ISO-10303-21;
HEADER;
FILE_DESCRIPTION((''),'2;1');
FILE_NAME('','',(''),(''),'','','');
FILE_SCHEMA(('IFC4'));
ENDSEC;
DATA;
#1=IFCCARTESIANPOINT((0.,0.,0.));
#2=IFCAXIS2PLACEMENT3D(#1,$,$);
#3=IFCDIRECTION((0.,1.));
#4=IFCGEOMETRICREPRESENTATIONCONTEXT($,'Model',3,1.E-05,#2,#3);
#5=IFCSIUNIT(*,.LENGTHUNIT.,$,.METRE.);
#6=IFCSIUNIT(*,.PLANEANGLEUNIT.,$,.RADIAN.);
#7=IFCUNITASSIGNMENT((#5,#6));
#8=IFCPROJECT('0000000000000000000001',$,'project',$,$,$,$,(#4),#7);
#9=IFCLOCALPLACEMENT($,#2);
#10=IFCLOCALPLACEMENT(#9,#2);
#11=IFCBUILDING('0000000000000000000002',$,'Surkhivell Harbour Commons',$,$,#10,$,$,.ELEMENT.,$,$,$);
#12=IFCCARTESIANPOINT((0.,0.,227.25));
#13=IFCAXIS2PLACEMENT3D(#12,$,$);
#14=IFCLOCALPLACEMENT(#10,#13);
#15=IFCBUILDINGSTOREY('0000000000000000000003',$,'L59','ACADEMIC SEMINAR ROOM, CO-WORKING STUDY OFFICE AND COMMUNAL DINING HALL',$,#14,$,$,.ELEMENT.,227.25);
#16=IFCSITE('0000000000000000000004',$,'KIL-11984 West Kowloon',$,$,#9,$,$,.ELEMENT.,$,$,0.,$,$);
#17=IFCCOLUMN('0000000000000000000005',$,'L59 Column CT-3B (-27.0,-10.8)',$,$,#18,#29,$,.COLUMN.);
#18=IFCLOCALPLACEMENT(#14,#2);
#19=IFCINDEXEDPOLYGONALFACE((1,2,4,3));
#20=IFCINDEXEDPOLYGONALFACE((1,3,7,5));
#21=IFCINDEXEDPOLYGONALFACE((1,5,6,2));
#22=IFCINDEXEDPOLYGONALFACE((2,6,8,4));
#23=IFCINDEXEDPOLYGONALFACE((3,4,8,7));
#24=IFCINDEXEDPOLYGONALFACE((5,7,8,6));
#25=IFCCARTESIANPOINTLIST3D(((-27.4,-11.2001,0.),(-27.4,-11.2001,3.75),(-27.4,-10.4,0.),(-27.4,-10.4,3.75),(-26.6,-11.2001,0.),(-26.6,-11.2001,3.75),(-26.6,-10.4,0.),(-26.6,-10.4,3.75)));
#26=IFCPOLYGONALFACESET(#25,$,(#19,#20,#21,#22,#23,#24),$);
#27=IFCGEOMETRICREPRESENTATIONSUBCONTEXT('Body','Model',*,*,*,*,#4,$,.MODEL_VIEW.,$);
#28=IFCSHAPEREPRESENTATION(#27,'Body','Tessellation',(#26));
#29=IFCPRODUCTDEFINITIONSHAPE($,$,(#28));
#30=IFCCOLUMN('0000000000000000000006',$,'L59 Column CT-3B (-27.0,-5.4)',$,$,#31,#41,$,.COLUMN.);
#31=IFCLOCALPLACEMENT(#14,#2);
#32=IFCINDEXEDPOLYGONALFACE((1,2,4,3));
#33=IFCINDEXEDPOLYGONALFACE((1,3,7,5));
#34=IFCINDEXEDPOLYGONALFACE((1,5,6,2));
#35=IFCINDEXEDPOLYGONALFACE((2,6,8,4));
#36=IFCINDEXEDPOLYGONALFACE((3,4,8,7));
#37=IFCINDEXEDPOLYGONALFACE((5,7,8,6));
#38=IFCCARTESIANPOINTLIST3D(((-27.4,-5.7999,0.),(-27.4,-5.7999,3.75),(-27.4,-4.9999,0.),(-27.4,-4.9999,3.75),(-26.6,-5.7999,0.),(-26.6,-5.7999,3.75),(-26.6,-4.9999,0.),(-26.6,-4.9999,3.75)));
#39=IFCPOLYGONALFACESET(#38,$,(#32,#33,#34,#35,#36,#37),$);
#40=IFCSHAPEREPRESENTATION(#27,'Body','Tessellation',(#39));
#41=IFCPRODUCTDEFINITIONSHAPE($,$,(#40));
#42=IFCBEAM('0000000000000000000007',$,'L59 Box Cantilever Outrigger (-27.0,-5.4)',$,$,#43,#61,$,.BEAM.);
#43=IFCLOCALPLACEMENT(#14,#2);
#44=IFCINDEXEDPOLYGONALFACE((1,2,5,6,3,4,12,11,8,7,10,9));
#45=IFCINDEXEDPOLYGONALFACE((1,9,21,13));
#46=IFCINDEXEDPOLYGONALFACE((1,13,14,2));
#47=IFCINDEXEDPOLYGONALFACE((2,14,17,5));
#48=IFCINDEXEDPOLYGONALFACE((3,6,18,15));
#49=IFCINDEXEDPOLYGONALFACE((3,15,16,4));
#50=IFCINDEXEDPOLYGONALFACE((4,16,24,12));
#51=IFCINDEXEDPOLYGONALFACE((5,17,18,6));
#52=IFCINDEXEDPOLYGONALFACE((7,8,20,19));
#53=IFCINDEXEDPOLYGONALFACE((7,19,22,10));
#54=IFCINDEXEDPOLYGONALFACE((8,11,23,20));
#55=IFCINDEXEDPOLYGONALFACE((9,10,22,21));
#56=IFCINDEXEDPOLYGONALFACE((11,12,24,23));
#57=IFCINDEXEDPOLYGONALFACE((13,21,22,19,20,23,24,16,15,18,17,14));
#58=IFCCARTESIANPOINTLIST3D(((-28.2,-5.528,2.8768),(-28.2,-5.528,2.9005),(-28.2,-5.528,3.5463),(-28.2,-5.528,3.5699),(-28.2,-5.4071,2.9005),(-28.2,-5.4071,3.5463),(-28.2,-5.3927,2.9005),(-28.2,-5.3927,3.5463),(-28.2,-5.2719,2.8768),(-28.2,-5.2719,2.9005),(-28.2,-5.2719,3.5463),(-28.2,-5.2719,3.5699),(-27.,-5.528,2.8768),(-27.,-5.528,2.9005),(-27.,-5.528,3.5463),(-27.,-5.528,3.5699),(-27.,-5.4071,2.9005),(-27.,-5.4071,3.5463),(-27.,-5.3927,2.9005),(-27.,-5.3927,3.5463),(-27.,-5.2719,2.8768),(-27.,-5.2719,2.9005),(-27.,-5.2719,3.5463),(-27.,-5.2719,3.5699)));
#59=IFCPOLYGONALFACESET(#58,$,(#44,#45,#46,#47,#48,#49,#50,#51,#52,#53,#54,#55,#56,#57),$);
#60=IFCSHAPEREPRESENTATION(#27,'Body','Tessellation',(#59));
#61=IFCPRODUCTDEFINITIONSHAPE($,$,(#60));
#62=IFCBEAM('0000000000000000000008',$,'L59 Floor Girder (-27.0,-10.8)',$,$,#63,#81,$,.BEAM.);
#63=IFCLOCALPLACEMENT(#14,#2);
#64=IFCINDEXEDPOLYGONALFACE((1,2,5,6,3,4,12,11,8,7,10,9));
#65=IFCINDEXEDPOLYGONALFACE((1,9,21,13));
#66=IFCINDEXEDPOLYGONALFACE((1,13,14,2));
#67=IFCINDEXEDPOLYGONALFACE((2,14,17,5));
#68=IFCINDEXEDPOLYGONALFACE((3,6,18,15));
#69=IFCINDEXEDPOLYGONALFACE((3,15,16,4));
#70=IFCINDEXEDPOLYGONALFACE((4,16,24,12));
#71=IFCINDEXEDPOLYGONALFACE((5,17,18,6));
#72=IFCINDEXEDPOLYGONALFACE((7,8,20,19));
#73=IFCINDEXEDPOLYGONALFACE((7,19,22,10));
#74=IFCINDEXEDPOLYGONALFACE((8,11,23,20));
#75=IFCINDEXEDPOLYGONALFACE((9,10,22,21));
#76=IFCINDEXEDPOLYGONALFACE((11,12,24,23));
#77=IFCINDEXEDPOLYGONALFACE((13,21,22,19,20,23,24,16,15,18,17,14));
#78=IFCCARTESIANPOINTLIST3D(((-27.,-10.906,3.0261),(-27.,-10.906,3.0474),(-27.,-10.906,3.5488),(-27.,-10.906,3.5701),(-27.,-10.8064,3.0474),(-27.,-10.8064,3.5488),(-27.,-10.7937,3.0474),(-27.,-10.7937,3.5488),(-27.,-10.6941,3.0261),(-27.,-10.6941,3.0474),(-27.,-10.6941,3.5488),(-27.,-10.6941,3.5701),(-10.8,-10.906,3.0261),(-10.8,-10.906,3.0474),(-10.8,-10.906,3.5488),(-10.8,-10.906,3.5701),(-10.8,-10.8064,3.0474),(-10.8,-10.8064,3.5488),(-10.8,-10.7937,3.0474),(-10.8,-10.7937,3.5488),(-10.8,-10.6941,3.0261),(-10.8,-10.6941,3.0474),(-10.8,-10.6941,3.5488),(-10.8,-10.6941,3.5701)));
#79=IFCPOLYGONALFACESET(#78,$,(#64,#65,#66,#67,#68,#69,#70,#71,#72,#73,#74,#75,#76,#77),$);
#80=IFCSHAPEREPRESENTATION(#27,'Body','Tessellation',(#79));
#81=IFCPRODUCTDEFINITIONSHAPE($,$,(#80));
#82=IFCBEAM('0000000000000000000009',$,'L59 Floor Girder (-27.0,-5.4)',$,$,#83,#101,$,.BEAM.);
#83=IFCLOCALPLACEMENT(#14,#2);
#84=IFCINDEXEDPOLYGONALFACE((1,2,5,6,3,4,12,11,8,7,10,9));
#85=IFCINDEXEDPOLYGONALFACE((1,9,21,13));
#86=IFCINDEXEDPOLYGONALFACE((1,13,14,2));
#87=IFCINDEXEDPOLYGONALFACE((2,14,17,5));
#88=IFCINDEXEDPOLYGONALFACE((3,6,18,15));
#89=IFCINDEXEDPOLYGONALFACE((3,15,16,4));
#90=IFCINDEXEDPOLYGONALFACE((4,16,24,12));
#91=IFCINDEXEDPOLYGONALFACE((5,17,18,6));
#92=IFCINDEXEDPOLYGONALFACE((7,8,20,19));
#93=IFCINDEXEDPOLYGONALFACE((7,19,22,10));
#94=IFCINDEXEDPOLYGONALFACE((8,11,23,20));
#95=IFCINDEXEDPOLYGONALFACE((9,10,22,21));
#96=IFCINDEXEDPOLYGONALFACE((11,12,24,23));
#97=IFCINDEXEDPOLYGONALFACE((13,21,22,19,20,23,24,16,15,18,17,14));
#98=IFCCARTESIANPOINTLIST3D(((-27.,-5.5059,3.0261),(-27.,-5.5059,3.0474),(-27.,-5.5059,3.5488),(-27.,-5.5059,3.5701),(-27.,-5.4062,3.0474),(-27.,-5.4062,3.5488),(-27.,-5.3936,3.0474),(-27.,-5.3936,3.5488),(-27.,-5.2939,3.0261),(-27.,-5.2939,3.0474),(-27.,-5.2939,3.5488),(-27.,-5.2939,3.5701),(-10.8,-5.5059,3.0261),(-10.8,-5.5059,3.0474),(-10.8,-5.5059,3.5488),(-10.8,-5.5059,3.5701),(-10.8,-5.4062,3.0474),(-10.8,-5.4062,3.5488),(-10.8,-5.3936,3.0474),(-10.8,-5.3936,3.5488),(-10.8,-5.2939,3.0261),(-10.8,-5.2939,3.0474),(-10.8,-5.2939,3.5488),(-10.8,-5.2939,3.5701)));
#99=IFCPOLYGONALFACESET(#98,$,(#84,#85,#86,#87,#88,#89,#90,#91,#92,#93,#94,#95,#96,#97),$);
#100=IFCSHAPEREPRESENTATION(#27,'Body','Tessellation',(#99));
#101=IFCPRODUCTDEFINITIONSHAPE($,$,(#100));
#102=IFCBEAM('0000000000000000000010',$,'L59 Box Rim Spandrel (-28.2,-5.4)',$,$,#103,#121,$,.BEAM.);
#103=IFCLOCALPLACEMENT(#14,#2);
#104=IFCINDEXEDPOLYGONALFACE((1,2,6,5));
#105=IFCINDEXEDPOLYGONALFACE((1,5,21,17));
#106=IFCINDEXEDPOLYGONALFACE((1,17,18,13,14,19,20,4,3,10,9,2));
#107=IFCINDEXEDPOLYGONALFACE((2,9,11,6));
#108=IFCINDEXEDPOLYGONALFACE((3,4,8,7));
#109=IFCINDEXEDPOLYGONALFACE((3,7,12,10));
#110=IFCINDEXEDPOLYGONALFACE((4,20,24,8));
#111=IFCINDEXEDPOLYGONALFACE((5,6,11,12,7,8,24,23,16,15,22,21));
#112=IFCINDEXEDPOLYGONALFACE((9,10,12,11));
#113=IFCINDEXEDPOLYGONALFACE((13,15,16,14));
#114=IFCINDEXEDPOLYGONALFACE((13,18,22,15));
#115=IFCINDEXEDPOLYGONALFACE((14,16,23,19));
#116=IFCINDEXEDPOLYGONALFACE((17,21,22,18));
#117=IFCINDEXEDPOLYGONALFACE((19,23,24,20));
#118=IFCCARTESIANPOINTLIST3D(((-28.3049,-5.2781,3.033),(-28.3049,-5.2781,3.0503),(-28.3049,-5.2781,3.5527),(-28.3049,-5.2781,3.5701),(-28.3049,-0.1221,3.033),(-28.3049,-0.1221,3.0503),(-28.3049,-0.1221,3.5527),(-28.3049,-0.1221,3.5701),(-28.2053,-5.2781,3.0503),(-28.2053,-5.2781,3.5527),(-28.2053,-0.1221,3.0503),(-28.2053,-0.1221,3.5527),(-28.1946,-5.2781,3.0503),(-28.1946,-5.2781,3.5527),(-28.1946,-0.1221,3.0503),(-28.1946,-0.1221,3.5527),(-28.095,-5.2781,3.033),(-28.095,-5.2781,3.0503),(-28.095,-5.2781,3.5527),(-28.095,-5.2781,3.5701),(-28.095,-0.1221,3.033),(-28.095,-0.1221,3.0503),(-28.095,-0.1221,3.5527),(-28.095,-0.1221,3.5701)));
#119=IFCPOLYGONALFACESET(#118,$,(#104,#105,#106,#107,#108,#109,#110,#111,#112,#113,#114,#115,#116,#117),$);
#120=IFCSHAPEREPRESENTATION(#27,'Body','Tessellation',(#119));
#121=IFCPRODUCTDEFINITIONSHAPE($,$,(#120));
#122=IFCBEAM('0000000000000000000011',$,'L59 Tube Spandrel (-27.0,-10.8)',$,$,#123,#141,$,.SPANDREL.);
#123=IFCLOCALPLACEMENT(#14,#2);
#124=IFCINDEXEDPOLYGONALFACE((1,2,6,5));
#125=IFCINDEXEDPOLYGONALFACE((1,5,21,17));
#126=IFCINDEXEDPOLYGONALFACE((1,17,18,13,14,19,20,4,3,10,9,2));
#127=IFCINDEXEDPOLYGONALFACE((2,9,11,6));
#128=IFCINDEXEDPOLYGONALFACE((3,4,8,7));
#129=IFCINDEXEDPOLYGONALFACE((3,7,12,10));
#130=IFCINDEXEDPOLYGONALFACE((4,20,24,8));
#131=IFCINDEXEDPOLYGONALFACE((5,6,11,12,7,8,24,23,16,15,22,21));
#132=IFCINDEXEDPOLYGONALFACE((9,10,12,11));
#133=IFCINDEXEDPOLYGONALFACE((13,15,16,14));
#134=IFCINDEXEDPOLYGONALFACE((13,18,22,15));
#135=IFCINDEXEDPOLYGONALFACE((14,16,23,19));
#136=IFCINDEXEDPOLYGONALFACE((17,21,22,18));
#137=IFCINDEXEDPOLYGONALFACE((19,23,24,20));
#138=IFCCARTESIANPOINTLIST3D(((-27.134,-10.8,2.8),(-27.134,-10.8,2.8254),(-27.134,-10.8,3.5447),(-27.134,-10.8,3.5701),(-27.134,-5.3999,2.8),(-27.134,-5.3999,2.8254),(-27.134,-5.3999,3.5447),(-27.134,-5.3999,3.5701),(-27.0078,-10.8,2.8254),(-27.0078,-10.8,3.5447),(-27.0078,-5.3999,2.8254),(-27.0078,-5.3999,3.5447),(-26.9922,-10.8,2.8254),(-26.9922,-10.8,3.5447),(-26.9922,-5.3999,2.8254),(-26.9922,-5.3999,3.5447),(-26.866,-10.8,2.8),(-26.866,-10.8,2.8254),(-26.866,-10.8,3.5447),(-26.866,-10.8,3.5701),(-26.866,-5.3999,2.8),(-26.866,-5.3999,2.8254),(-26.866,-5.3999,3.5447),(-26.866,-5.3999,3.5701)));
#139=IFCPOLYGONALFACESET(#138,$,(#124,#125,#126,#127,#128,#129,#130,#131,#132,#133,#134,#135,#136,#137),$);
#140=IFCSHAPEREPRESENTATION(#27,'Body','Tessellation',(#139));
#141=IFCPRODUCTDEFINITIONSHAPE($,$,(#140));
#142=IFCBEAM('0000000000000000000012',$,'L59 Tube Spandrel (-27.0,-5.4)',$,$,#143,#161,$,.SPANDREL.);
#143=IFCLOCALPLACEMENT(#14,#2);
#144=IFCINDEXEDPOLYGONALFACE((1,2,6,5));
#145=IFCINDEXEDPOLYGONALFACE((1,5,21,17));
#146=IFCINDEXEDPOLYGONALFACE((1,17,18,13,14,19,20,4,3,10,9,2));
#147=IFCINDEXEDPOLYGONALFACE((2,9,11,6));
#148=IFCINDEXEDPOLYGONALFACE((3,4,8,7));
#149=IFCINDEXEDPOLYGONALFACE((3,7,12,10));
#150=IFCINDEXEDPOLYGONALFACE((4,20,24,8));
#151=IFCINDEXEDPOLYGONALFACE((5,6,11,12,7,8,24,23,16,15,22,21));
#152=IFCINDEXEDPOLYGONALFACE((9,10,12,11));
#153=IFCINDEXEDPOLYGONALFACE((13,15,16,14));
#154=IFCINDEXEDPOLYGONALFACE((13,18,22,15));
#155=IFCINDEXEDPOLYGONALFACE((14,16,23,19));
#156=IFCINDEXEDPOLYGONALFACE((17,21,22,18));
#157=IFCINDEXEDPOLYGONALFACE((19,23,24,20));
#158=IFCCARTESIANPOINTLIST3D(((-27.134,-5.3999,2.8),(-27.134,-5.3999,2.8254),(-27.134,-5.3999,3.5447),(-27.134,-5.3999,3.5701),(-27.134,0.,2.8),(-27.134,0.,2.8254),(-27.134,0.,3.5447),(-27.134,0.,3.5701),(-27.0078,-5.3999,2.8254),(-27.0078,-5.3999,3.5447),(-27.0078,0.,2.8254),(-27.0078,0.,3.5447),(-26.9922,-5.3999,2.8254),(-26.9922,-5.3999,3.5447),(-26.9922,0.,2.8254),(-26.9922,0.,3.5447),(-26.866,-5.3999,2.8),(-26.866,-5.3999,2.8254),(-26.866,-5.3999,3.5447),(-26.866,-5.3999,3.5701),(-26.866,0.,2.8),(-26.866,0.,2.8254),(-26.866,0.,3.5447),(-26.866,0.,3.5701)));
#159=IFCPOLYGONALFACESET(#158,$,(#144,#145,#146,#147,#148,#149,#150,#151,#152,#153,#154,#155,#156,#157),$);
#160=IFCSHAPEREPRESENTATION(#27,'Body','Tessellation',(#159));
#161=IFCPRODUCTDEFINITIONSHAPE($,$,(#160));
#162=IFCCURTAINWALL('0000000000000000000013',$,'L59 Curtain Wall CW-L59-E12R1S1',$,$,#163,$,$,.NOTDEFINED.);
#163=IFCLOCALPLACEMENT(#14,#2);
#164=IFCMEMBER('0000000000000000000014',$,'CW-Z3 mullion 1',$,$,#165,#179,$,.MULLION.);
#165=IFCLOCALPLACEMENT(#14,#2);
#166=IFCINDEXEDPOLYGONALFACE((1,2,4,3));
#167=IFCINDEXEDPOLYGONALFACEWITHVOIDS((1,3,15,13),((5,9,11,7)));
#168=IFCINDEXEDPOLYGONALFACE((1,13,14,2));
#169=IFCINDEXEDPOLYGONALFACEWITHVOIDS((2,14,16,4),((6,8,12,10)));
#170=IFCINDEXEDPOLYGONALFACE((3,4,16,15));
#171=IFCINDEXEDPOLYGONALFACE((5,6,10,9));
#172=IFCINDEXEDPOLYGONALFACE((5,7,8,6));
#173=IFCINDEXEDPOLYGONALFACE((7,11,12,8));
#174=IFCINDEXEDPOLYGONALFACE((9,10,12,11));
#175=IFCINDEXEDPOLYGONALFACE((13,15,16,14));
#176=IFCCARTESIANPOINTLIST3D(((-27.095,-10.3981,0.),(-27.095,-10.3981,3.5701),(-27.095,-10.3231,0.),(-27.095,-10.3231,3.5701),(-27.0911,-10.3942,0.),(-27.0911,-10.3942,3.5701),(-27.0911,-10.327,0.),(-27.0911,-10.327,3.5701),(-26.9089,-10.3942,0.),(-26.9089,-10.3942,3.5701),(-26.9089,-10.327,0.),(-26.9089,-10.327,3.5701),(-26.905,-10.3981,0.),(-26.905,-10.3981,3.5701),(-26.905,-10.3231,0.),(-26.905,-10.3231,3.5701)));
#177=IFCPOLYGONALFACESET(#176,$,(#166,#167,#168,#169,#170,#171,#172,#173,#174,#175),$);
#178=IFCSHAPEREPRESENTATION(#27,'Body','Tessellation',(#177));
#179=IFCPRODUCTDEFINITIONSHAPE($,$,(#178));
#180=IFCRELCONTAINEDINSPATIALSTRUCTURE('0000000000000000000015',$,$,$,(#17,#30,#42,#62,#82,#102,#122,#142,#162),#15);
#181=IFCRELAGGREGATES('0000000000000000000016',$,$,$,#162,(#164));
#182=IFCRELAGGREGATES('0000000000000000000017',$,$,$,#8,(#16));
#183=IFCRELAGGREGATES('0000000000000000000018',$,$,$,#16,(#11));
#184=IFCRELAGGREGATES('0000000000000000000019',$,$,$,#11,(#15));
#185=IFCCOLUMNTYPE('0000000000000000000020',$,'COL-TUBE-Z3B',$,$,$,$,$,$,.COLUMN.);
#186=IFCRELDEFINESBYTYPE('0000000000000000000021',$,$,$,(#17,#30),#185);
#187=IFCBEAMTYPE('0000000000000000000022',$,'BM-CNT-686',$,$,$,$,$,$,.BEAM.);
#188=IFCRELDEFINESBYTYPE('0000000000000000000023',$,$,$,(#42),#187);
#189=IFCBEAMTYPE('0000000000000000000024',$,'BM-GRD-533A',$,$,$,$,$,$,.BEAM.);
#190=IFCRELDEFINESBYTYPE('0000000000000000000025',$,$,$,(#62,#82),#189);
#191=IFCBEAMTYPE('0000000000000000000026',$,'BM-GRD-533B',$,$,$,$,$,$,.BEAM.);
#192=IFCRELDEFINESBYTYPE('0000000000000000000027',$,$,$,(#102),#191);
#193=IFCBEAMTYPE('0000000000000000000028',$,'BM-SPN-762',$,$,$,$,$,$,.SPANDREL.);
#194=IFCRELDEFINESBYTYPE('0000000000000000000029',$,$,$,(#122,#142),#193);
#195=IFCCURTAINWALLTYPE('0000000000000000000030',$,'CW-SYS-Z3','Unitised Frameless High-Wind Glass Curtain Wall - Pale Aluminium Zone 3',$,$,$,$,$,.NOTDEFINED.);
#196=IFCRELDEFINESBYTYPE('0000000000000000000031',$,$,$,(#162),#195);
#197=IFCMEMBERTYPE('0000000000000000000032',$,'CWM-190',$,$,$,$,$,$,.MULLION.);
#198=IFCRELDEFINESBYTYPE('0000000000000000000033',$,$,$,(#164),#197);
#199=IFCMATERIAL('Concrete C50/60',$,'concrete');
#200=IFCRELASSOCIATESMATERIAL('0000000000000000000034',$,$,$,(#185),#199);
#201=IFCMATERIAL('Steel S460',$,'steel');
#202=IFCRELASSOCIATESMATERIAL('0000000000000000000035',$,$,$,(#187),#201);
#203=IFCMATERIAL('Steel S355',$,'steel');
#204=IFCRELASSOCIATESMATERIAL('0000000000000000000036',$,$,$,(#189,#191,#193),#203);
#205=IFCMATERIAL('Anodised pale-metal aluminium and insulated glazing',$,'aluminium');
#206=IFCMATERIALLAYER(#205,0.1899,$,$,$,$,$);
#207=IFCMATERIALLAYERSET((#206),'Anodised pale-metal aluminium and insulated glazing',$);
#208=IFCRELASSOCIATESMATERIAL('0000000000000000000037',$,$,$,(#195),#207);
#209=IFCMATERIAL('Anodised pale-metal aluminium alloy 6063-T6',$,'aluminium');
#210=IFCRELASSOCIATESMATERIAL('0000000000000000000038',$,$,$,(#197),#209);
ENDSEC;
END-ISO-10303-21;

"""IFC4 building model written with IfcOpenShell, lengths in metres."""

from ifc_helpers import new_model, si_unit, direction, frame, origin, origin_2d, place, context, subcontext, project, spatial, rectangle, hollow_rectangle, i_section, extrude, material, layer, layer_set, material_profile, profile_set, type_object, element, aggregate, save


model = new_model("IFC4")

# Units and contexts
model_context = context("Model", 3, precision=1e-05, world=origin(), true_north=direction((0.0, 1.0)))
body_context = subcontext(model_context, "Body", "Model", "MODEL_VIEW")
ifc_project = project(units=[si_unit("LENGTHUNIT", "METRE"), si_unit("PLANEANGLEUNIT", "RADIAN")], contexts=[model_context])

# Site, building, storey
site_placement = place(None, origin())
site = spatial("IfcSite", under=ifc_project, at=site_placement, Name="KIL-11984 West Kowloon", CompositionType="ELEMENT", RefElevation=0.0)
building_placement = place(site_placement, origin())
building = spatial("IfcBuilding", under=site, at=building_placement, Name="Surkhivell Harbour Commons", CompositionType="ELEMENT")
storey_placement = place(building_placement, frame((0.0, 0.0, 227.25)))
storey = spatial("IfcBuildingStorey", under=building, at=storey_placement, Name="L59", Description="ACADEMIC SEMINAR ROOM, CO-WORKING STUDY OFFICE AND COMMUNAL DINING HALL", CompositionType="ELEMENT", Elevation=227.25)

# Columns
ifc_material_1 = material(Name="Concrete C50/60", Category="concrete")
ifc_material_profile_1 = material_profile(ifc_material_1, rectangle(XDim=0.8, YDim=0.8, at=origin_2d()), Name="RC-COL-800x800")
ifc_profile_set_1 = profile_set([ifc_material_profile_1], Name="Concrete C50/60")
column_type = type_object("IfcColumnType", Name="COL-TUBE-Z3B", PredefinedType="COLUMN", material=ifc_profile_set_1)
for number, where, z_axis, x_axis, name in (
    (1, (-27.0, -10.8, 0.0), (0.0, 0.0, 1.0), (1.0, 0.0, 0.0), "L59 Column CT-3B (-27.0,-10.8)"),
    (2, (-27.0, -5.3999, 0.0), (0.0, 0.0, 1.0), (1.0, 0.0, 0.0), "L59 Column CT-3B (-27.0,-5.4)"),
):
    element("IfcColumn", number, at=place(storey_placement, frame(where, z_axis=z_axis, x_axis=x_axis)), inside=storey, type_object=column_type, Name=name, PredefinedType="COLUMN", context=body_context, shape_type="SweptSolid", body=[
        extrude(rectangle(XDim=0.8, YDim=0.8, at=origin_2d()), origin(), (0.0, 0.0, 1.0), 3.75),
    ])

# Beams
ifc_material_2 = material(Name="Steel S460", Category="steel")
ifc_material_profile_2 = material_profile(ifc_material_2, i_section(OverallWidth=0.2561, OverallDepth=0.6931, WebThickness=0.0144, FlangeThickness=0.0237, at=origin_2d()), Name="UB686x254x170")
ifc_profile_set_2 = profile_set([ifc_material_profile_2], Name="Steel S460")
beam_type_1 = type_object("IfcBeamType", Name="BM-CNT-686", PredefinedType="BEAM", material=ifc_profile_set_2)
beam_1_placement = place(storey_placement, frame((-27.0, -5.3999, 3.2234), z_axis=(-1.0, 0.0, 0.0), x_axis=(0.0, -1.0, 0.0)))
element("IfcBeam", 3, at=beam_1_placement, inside=storey, type_object=beam_type_1, Name="L59 Box Cantilever Outrigger (-27.0,-5.4)", PredefinedType="BEAM", context=body_context, shape_type="SweptSolid", body=[
    extrude(i_section(OverallWidth=0.2561, OverallDepth=0.6931, WebThickness=0.0144, FlangeThickness=0.0237, at=origin_2d()), origin(), (0.0, 0.0, 1.0), 1.2),
])
ifc_material_3 = material(Name="Steel S355", Category="steel")
ifc_material_profile_3 = material_profile(ifc_material_3, i_section(OverallWidth=0.2119, OverallDepth=0.5439, WebThickness=0.0127, FlangeThickness=0.0212, at=origin_2d()), Name="UB533x210x122")
ifc_profile_set_3 = profile_set([ifc_material_profile_3], Name="Steel S355")
beam_type_2 = type_object("IfcBeamType", Name="BM-GRD-533A", PredefinedType="BEAM", material=ifc_profile_set_3)
for number, where, z_axis, x_axis, name in (
    (4, (-27.0, -10.8, 3.2981), (1.0, 0.0, 0.0), (0.0, 1.0, 0.0), "L59 Floor Girder (-27.0,-10.8)"),
    (5, (-27.0, -5.3999, 3.2981), (1.0, 0.0, 0.0), (0.0, 1.0, 0.0), "L59 Floor Girder (-27.0,-5.4)"),
):
    element("IfcBeam", number, at=place(storey_placement, frame(where, z_axis=z_axis, x_axis=x_axis)), inside=storey, type_object=beam_type_2, Name=name, PredefinedType="BEAM", context=body_context, shape_type="SweptSolid", body=[
        extrude(i_section(OverallWidth=0.2119, OverallDepth=0.5439, WebThickness=0.0127, FlangeThickness=0.0212, at=origin_2d()), origin(), (0.0, 0.0, 1.0), 16.2),
    ])
ifc_material_profile_4 = material_profile(ifc_material_3, i_section(OverallWidth=0.21, OverallDepth=0.5371, WebThickness=0.0107, FlangeThickness=0.0173, at=origin_2d()), Name="UB533x210x101")
ifc_profile_set_4 = profile_set([ifc_material_profile_4], Name="Steel S355")
beam_type_3 = type_object("IfcBeamType", Name="BM-GRD-533B", PredefinedType="BEAM", material=ifc_profile_set_4)
beam_2_placement = place(storey_placement, frame((-28.2, -5.2781, 3.3015), z_axis=(0.0, 1.0, 0.0), x_axis=(-1.0, 0.0, 0.0)))
element("IfcBeam", 6, at=beam_2_placement, inside=storey, type_object=beam_type_3, Name="L59 Box Rim Spandrel (-28.2,-5.4)", PredefinedType="BEAM", context=body_context, shape_type="SweptSolid", body=[
    extrude(i_section(OverallWidth=0.21, OverallDepth=0.5371, WebThickness=0.0107, FlangeThickness=0.0173, at=origin_2d()), origin(), (0.0, 0.0, 1.0), 5.156),
])
ifc_material_profile_5 = material_profile(ifc_material_3, i_section(OverallWidth=0.2681, OverallDepth=0.77, WebThickness=0.0156, FlangeThickness=0.0254, at=origin_2d()), Name="UB762x267x197")
ifc_profile_set_5 = profile_set([ifc_material_profile_5], Name="Steel S355")
beam_type_4 = type_object("IfcBeamType", Name="BM-SPN-762", PredefinedType="SPANDREL", material=ifc_profile_set_5)
beam_3_placement = place(storey_placement, frame((-27.0, -10.8, 3.1851), z_axis=(0.0, 1.0, 0.0), x_axis=(-1.0, 0.0, 0.0)))
element("IfcBeam", 7, at=beam_3_placement, inside=storey, type_object=beam_type_4, Name="L59 Tube Spandrel (-27.0,-10.8)", PredefinedType="SPANDREL", context=body_context, shape_type="SweptSolid", body=[
    extrude(i_section(OverallWidth=0.2681, OverallDepth=0.77, WebThickness=0.0156, FlangeThickness=0.0254, at=origin_2d()), origin(), (0.0, 0.0, 1.0), 5.4001),
])
beam_4_placement = place(storey_placement, frame((-27.0, -5.3999, 3.1851), z_axis=(0.0, 1.0, 0.0), x_axis=(-1.0, 0.0, 0.0)))
element("IfcBeam", 8, at=beam_4_placement, inside=storey, type_object=beam_type_4, Name="L59 Tube Spandrel (-27.0,-5.4)", PredefinedType="SPANDREL", context=body_context, shape_type="SweptSolid", body=[
    extrude(i_section(OverallWidth=0.2681, OverallDepth=0.77, WebThickness=0.0156, FlangeThickness=0.0254, at=origin_2d()), origin(), (0.0, 0.0, 1.0), 5.3999),
])

# Curtain wall, member
ifc_material_4 = material(Name="Anodised pale-metal aluminium and insulated glazing", Category="aluminium")
ifc_layer_1 = layer(ifc_material_4, 0.1899)
ifc_layer_set_1 = layer_set([ifc_layer_1], Name="Anodised pale-metal aluminium and insulated glazing")
curtain_wall_type = type_object("IfcCurtainWallType", Name="CW-SYS-Z3", Description="Unitised Frameless High-Wind Glass Curtain Wall - Pale Aluminium Zone 3", PredefinedType="NOTDEFINED", material=ifc_layer_set_1)
curtain_wall_placement = place(storey_placement, origin())
curtain_wall = element("IfcCurtainWall", 9, at=curtain_wall_placement, inside=storey, type_object=curtain_wall_type, Name="L59 Curtain Wall CW-L59-E12R1S1", PredefinedType="NOTDEFINED")
ifc_material_5 = material(Name="Anodised pale-metal aluminium alloy 6063-T6", Category="aluminium")
ifc_material_profile_6 = material_profile(ifc_material_5, hollow_rectangle(XDim=0.075, YDim=0.1899, WallThickness=0.0039, at=origin_2d()), Name="ALU-MULL-75x190")
ifc_profile_set_6 = profile_set([ifc_material_profile_6], Name="Anodised pale-metal aluminium alloy 6063-T6")
member_type_1 = type_object("IfcMemberType", Name="CWM-190", PredefinedType="MULLION", material=ifc_profile_set_6)
member_1_placement = place(storey_placement, frame((-27.0, -10.3606, 0.0), z_axis=(0.0, 0.0, 1.0), x_axis=(0.0, 1.0, 0.0)))
member_1 = element("IfcMember", 10, at=member_1_placement, type_object=member_type_1, Name="CW-Z3 mullion 1", PredefinedType="MULLION", context=body_context, shape_type="SweptSolid", body=[
    extrude(hollow_rectangle(XDim=0.075, YDim=0.1899, WallThickness=0.0039, at=origin_2d()), origin(), (0.0, 0.0, 1.0), 3.5701),
])

aggregate(curtain_wall, [member_1])

save(model, "model.ifc")
